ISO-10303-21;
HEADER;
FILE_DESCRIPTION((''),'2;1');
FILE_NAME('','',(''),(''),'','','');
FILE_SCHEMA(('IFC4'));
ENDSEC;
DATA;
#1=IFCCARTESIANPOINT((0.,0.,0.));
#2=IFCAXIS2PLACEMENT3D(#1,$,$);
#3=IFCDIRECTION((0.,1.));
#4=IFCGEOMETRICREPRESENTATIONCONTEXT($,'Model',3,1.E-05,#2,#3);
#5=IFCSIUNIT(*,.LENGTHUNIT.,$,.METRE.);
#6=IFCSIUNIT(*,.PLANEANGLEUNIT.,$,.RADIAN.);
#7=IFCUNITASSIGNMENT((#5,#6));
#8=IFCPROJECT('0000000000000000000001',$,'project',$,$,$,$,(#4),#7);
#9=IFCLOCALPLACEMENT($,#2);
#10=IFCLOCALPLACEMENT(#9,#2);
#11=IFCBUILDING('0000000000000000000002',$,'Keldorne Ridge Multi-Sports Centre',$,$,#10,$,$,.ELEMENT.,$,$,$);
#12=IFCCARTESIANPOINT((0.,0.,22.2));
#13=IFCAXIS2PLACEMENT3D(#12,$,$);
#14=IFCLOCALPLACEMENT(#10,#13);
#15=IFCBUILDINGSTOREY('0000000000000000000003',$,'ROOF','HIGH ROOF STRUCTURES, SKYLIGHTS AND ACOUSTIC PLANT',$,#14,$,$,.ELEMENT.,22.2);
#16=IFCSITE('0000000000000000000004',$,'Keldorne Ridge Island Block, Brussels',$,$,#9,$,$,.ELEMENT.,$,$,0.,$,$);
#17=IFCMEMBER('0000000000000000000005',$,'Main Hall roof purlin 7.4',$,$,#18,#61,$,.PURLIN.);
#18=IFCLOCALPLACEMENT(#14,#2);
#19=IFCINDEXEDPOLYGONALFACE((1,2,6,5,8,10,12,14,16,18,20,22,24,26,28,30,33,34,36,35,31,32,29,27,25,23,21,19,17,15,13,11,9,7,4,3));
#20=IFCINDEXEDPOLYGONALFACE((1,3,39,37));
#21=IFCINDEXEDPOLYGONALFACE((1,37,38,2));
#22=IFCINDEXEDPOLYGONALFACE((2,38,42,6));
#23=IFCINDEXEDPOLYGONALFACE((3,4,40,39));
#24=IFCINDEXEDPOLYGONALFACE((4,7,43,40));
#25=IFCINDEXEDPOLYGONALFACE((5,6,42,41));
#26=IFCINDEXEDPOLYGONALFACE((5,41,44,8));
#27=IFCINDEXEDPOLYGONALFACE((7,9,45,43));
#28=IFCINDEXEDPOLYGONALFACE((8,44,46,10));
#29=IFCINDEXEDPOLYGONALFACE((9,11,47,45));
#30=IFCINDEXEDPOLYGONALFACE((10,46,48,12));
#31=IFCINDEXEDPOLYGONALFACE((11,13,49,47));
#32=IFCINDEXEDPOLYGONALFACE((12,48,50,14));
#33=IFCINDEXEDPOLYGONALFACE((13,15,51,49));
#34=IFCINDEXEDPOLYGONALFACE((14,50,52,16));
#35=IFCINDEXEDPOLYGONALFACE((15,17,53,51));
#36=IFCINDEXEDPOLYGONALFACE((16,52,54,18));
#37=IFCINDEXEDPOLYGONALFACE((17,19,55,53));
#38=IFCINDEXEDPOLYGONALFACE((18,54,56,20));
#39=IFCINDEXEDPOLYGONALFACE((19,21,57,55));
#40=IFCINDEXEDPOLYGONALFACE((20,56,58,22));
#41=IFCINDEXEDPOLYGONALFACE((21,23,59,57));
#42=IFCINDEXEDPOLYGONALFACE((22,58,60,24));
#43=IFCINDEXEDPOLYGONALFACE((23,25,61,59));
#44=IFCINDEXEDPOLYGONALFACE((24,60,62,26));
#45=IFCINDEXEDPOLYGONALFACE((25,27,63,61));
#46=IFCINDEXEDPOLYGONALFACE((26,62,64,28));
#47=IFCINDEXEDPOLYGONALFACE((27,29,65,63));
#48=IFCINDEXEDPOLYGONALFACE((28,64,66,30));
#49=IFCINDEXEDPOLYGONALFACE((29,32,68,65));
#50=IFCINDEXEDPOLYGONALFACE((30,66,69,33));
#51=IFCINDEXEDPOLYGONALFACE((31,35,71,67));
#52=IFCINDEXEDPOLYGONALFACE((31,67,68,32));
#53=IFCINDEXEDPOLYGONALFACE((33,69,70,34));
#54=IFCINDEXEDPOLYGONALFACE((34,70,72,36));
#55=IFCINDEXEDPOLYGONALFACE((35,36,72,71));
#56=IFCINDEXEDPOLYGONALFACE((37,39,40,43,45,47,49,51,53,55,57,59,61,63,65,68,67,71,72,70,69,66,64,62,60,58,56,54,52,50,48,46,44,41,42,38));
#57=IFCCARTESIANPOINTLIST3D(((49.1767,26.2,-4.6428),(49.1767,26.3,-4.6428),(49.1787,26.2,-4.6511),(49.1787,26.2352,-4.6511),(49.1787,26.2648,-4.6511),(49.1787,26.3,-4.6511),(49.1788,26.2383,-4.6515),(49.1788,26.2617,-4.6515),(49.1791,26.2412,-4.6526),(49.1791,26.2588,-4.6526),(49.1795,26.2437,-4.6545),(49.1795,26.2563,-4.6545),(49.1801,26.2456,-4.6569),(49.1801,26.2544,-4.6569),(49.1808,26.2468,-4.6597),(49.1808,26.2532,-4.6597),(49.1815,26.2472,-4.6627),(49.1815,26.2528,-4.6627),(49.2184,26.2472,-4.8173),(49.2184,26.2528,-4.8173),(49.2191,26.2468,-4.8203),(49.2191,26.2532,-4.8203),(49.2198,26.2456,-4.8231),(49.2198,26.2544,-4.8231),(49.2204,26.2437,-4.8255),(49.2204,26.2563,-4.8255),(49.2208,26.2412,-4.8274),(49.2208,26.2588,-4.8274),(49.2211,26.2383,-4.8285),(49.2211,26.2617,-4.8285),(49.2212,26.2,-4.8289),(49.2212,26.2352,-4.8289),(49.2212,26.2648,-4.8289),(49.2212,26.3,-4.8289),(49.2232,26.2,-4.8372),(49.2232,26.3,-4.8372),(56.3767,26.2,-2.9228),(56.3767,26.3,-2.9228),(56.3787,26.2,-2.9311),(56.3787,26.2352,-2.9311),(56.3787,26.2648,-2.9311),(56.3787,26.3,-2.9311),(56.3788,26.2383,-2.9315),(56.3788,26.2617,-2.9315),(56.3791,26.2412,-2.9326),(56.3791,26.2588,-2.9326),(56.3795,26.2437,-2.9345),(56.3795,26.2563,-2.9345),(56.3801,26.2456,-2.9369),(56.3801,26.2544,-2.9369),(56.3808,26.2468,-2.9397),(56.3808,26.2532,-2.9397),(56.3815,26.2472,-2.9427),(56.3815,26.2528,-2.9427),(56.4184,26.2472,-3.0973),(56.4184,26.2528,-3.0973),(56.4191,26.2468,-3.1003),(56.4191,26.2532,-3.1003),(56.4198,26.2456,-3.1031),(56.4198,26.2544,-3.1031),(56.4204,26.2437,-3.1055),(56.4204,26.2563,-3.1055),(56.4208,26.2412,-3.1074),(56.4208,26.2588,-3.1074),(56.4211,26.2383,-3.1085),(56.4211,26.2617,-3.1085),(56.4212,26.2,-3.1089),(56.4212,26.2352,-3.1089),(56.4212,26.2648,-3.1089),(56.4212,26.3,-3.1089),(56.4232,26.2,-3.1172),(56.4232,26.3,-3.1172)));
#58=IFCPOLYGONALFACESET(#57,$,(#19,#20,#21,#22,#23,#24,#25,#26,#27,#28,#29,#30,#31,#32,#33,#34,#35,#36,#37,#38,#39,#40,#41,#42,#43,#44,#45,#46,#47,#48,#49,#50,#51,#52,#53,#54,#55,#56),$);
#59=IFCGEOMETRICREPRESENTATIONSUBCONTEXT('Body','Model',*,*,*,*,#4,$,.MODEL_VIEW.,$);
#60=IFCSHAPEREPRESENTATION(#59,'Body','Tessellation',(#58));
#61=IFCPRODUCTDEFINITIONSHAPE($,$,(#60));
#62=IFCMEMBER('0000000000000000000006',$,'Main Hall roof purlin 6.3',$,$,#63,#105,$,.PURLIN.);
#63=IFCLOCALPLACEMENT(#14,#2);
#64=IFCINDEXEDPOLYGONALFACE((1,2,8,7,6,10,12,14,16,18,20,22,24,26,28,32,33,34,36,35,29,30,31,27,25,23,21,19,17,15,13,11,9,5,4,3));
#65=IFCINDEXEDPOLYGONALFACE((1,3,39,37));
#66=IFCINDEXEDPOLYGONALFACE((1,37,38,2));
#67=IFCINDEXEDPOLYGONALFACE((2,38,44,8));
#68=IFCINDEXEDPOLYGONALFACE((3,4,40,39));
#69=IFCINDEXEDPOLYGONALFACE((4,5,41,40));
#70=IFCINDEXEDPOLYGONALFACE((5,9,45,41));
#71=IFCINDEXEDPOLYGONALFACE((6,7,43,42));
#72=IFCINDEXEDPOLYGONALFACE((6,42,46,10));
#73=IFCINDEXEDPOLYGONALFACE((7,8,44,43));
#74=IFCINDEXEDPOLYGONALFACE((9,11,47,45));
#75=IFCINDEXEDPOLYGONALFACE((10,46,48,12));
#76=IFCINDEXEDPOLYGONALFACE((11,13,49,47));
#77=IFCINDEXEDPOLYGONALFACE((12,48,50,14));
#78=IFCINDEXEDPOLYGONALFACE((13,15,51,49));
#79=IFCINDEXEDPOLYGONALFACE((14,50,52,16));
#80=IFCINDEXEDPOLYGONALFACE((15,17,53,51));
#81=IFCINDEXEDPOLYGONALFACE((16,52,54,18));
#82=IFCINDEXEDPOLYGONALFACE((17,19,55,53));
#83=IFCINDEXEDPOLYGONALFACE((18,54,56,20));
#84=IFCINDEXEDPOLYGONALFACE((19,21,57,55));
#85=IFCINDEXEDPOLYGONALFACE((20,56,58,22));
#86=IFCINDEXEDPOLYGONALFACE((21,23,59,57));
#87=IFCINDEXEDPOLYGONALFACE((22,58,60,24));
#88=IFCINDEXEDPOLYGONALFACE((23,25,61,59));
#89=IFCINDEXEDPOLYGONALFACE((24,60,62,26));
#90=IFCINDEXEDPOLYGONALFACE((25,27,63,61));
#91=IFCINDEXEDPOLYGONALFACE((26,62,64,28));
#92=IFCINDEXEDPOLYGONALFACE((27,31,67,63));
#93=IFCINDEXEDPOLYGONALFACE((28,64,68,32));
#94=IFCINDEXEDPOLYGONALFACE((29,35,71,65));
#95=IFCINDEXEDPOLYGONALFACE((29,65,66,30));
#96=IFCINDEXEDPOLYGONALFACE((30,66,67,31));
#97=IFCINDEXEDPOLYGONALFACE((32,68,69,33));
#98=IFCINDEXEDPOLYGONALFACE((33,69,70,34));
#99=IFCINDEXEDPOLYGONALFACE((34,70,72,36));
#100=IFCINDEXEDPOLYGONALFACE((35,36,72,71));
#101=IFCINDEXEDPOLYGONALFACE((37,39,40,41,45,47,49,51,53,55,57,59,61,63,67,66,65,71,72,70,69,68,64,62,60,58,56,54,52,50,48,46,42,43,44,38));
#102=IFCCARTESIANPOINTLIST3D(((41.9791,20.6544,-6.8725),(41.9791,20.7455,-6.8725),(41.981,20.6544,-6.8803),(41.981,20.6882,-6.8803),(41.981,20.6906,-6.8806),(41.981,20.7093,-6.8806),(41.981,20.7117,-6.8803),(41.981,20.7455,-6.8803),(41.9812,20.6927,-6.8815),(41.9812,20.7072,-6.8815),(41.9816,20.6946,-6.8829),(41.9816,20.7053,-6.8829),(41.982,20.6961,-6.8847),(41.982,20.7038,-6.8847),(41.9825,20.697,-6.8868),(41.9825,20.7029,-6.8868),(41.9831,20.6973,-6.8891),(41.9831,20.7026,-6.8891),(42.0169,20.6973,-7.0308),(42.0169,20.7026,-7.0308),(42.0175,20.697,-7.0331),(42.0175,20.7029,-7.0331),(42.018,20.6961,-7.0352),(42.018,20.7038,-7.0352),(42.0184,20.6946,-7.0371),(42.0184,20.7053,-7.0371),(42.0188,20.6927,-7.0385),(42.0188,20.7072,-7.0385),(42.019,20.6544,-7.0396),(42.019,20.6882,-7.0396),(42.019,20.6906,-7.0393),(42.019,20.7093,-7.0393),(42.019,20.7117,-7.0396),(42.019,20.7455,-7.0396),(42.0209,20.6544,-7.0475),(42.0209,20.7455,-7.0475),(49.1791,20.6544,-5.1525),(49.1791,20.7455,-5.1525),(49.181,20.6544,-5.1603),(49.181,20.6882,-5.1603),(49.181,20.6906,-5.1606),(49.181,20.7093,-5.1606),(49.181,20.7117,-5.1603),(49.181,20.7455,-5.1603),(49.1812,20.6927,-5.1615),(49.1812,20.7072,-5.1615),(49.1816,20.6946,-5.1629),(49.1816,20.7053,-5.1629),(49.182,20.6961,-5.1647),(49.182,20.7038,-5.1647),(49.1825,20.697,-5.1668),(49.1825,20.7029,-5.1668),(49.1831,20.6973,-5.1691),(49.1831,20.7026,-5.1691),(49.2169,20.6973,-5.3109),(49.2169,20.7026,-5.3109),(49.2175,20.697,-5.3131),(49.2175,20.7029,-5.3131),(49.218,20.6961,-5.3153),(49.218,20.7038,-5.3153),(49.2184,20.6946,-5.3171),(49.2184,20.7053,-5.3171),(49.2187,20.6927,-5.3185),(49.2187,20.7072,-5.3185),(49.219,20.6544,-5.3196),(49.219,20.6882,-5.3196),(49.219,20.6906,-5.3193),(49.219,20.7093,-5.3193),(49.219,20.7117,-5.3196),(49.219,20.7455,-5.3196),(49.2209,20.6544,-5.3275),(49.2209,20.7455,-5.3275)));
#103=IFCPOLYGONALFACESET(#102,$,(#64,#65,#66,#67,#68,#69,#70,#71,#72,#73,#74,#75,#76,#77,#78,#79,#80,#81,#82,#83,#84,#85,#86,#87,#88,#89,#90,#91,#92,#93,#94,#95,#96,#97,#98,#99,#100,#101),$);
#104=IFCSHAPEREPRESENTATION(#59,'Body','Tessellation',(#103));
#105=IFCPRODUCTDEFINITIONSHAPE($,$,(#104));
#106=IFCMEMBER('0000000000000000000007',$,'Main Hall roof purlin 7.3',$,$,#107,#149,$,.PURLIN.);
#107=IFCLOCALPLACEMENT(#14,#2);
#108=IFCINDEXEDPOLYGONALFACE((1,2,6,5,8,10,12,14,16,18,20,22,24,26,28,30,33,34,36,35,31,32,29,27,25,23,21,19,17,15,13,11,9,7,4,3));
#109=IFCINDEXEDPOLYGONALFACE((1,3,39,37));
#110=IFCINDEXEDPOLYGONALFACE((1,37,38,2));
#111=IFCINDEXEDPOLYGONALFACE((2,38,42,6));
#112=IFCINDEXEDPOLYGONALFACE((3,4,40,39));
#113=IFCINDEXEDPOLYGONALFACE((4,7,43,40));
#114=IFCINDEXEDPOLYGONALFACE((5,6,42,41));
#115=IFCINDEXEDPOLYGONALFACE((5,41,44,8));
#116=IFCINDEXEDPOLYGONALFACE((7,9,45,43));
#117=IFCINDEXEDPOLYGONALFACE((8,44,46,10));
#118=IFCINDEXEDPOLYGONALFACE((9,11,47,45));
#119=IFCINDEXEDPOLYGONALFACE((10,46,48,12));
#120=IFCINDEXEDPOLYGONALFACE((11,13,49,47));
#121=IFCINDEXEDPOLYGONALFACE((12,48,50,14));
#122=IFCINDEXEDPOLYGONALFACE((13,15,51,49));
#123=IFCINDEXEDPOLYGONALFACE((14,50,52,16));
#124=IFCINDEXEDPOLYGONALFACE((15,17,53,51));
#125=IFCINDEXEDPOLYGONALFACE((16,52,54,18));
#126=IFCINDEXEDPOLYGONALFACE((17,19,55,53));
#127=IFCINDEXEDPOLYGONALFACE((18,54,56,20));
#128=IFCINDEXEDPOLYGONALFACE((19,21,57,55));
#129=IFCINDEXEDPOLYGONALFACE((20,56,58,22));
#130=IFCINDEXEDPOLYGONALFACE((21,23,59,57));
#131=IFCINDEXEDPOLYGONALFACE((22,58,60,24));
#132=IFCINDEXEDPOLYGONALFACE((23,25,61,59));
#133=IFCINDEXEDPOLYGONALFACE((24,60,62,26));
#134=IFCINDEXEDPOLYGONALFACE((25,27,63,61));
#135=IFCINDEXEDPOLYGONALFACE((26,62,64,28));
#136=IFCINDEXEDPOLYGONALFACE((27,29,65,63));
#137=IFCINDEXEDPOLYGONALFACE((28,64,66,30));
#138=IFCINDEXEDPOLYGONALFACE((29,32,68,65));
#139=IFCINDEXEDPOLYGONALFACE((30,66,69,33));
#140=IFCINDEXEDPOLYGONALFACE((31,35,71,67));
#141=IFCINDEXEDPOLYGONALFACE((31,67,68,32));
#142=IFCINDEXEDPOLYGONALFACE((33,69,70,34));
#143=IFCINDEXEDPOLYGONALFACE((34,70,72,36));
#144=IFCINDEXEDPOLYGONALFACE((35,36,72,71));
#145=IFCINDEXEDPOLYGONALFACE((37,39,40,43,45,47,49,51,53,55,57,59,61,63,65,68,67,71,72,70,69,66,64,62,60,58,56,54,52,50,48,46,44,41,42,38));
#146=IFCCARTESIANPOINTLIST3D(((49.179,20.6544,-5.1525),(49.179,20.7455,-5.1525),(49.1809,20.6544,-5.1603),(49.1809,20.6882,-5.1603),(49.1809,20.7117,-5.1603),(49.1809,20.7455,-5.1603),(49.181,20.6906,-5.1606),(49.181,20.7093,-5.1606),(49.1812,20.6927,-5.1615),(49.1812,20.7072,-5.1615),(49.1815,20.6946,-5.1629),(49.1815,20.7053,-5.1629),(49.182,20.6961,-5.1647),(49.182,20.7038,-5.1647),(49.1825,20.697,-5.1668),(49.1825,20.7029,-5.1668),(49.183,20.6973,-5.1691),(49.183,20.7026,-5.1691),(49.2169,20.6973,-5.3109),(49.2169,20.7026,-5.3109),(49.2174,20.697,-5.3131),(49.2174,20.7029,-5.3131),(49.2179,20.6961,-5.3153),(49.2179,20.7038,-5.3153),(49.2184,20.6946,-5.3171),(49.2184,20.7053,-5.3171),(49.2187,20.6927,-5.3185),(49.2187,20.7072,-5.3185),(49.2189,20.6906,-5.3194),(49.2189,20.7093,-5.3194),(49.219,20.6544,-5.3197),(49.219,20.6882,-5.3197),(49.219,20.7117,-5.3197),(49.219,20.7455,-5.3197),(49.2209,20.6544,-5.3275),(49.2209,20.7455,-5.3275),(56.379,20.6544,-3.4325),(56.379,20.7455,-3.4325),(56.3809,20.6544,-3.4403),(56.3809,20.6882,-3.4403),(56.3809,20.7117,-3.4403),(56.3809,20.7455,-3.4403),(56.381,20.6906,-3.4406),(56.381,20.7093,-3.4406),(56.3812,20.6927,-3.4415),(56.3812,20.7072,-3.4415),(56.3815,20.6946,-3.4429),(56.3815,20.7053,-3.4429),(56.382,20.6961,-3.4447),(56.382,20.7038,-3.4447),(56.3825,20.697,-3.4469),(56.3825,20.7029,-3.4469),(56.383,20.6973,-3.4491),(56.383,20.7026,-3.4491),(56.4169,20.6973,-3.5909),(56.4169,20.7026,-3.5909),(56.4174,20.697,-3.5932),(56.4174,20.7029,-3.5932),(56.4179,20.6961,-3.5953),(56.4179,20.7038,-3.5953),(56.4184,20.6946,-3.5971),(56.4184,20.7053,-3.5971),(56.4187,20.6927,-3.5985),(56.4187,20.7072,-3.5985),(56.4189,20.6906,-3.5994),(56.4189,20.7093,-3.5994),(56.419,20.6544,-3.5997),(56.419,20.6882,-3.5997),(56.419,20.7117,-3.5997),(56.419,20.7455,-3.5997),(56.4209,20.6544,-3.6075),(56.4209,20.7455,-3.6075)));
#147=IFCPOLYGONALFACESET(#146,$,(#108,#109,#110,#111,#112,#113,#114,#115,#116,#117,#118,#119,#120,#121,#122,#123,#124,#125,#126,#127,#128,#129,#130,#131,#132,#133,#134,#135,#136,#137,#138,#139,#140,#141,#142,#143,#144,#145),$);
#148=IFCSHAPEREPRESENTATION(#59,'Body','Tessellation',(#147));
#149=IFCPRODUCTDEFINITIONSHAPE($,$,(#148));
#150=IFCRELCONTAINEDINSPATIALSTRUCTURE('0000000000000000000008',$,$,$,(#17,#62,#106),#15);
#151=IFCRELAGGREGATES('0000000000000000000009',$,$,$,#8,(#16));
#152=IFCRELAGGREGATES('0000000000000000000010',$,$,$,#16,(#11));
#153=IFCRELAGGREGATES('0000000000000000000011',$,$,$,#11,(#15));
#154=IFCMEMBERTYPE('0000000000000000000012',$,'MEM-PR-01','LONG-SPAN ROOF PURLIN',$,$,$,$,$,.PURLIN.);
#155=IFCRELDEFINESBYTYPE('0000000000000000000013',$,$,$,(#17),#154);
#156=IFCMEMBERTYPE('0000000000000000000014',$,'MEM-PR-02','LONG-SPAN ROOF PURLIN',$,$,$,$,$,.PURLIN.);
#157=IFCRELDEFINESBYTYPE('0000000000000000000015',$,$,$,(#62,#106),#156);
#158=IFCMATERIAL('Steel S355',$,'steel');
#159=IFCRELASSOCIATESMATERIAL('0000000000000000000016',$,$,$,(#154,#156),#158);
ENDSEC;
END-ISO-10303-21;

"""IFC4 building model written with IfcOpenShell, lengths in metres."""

from ifc_helpers import new_model, si_unit, direction, frame, origin, origin_2d, place, context, subcontext, project, spatial, i_section, extrude, material, material_profile, profile_set, type_object, element, save


model = new_model("IFC4")

# Units and contexts
model_context = context("Model", 3, precision=1e-05, world=origin(), true_north=direction((0.0, 1.0)))
body_context = subcontext(model_context, "Body", "Model", "MODEL_VIEW")
ifc_project = project(units=[si_unit("LENGTHUNIT", "METRE"), si_unit("PLANEANGLEUNIT", "RADIAN")], contexts=[model_context])

# Site, building, storey
site_placement = place(None, origin())
site = spatial("IfcSite", under=ifc_project, at=site_placement, Name="Keldorne Ridge Island Block, Brussels", CompositionType="ELEMENT", RefElevation=0.0)
building_placement = place(site_placement, origin())
building = spatial("IfcBuilding", under=site, at=building_placement, Name="Keldorne Ridge Multi-Sports Centre", CompositionType="ELEMENT")
storey_placement = place(building_placement, frame((0.0, 0.0, 22.2)))
storey = spatial("IfcBuildingStorey", under=building, at=storey_placement, Name="ROOF", Description="HIGH ROOF STRUCTURES, SKYLIGHTS AND ACOUSTIC PLANT", CompositionType="ELEMENT", Elevation=22.2)

# Members
ifc_material = material(Name="Steel S355", Category="steel")
ifc_material_profile_1 = material_profile(ifc_material, i_section(OverallWidth=0.1001, OverallDepth=0.2, WebThickness=0.0056, FlangeThickness=0.0085, FilletRadius=0.012, at=origin_2d()), Name="IPE 200")
ifc_profile_set_1 = profile_set([ifc_material_profile_1], Name="Steel S355")
member_type_1 = type_object("IfcMemberType", Name="MEM-PR-01", Description="LONG-SPAN ROOF PURLIN", PredefinedType="PURLIN", material=ifc_profile_set_1)
for number, where, z_axis, x_axis, name in (
    (1, (49.2, 26.25, -4.74), (0.972633, 0.0, 0.232349), (0.0, 1.0, 0.0), "Main Hall roof purlin 7.4"),
):
    element("IfcMember", number, at=place(storey_placement, frame(where, z_axis=z_axis, x_axis=x_axis)), inside=storey, type_object=member_type_1, Name=name, PredefinedType="PURLIN", context=body_context, shape_type="SweptSolid", body=[
        extrude(i_section(OverallWidth=0.1001, OverallDepth=0.2, WebThickness=0.0056, FlangeThickness=0.0085, FilletRadius=0.012, at=origin_2d()), origin(), (0.0, 0.0, 1.0), 7.4026),
    ])
ifc_material_profile_2 = material_profile(ifc_material, i_section(OverallWidth=0.0911, OverallDepth=0.1799, WebThickness=0.0054, FlangeThickness=0.0081, FilletRadius=0.009, at=origin_2d()), Name="IPE 180")
ifc_profile_set_2 = profile_set([ifc_material_profile_2], Name="Steel S355")
member_type_2 = type_object("IfcMemberType", Name="MEM-PR-02", Description="LONG-SPAN ROOF PURLIN", PredefinedType="PURLIN", material=ifc_profile_set_2)
for number, where, z_axis, x_axis, name in (
    (2, (42.0, 20.7, -6.96), (0.972633, 0.0, 0.232349), (0.0, 1.0, 0.0), "Main Hall roof purlin 6.3"),
    (3, (49.2, 20.7, -5.24), (0.972633, 0.0, 0.232349), (0.0, 1.0, 0.0), "Main Hall roof purlin 7.3"),
):
    element("IfcMember", number, at=place(storey_placement, frame(where, z_axis=z_axis, x_axis=x_axis)), inside=storey, type_object=member_type_2, Name=name, PredefinedType="PURLIN", context=body_context, shape_type="SweptSolid", body=[
        extrude(i_section(OverallWidth=0.0911, OverallDepth=0.1799, WebThickness=0.0054, FlangeThickness=0.0081, FilletRadius=0.009, at=origin_2d()), origin(), (0.0, 0.0, 1.0), 7.4026),
    ])

save(model, "model.ifc")
